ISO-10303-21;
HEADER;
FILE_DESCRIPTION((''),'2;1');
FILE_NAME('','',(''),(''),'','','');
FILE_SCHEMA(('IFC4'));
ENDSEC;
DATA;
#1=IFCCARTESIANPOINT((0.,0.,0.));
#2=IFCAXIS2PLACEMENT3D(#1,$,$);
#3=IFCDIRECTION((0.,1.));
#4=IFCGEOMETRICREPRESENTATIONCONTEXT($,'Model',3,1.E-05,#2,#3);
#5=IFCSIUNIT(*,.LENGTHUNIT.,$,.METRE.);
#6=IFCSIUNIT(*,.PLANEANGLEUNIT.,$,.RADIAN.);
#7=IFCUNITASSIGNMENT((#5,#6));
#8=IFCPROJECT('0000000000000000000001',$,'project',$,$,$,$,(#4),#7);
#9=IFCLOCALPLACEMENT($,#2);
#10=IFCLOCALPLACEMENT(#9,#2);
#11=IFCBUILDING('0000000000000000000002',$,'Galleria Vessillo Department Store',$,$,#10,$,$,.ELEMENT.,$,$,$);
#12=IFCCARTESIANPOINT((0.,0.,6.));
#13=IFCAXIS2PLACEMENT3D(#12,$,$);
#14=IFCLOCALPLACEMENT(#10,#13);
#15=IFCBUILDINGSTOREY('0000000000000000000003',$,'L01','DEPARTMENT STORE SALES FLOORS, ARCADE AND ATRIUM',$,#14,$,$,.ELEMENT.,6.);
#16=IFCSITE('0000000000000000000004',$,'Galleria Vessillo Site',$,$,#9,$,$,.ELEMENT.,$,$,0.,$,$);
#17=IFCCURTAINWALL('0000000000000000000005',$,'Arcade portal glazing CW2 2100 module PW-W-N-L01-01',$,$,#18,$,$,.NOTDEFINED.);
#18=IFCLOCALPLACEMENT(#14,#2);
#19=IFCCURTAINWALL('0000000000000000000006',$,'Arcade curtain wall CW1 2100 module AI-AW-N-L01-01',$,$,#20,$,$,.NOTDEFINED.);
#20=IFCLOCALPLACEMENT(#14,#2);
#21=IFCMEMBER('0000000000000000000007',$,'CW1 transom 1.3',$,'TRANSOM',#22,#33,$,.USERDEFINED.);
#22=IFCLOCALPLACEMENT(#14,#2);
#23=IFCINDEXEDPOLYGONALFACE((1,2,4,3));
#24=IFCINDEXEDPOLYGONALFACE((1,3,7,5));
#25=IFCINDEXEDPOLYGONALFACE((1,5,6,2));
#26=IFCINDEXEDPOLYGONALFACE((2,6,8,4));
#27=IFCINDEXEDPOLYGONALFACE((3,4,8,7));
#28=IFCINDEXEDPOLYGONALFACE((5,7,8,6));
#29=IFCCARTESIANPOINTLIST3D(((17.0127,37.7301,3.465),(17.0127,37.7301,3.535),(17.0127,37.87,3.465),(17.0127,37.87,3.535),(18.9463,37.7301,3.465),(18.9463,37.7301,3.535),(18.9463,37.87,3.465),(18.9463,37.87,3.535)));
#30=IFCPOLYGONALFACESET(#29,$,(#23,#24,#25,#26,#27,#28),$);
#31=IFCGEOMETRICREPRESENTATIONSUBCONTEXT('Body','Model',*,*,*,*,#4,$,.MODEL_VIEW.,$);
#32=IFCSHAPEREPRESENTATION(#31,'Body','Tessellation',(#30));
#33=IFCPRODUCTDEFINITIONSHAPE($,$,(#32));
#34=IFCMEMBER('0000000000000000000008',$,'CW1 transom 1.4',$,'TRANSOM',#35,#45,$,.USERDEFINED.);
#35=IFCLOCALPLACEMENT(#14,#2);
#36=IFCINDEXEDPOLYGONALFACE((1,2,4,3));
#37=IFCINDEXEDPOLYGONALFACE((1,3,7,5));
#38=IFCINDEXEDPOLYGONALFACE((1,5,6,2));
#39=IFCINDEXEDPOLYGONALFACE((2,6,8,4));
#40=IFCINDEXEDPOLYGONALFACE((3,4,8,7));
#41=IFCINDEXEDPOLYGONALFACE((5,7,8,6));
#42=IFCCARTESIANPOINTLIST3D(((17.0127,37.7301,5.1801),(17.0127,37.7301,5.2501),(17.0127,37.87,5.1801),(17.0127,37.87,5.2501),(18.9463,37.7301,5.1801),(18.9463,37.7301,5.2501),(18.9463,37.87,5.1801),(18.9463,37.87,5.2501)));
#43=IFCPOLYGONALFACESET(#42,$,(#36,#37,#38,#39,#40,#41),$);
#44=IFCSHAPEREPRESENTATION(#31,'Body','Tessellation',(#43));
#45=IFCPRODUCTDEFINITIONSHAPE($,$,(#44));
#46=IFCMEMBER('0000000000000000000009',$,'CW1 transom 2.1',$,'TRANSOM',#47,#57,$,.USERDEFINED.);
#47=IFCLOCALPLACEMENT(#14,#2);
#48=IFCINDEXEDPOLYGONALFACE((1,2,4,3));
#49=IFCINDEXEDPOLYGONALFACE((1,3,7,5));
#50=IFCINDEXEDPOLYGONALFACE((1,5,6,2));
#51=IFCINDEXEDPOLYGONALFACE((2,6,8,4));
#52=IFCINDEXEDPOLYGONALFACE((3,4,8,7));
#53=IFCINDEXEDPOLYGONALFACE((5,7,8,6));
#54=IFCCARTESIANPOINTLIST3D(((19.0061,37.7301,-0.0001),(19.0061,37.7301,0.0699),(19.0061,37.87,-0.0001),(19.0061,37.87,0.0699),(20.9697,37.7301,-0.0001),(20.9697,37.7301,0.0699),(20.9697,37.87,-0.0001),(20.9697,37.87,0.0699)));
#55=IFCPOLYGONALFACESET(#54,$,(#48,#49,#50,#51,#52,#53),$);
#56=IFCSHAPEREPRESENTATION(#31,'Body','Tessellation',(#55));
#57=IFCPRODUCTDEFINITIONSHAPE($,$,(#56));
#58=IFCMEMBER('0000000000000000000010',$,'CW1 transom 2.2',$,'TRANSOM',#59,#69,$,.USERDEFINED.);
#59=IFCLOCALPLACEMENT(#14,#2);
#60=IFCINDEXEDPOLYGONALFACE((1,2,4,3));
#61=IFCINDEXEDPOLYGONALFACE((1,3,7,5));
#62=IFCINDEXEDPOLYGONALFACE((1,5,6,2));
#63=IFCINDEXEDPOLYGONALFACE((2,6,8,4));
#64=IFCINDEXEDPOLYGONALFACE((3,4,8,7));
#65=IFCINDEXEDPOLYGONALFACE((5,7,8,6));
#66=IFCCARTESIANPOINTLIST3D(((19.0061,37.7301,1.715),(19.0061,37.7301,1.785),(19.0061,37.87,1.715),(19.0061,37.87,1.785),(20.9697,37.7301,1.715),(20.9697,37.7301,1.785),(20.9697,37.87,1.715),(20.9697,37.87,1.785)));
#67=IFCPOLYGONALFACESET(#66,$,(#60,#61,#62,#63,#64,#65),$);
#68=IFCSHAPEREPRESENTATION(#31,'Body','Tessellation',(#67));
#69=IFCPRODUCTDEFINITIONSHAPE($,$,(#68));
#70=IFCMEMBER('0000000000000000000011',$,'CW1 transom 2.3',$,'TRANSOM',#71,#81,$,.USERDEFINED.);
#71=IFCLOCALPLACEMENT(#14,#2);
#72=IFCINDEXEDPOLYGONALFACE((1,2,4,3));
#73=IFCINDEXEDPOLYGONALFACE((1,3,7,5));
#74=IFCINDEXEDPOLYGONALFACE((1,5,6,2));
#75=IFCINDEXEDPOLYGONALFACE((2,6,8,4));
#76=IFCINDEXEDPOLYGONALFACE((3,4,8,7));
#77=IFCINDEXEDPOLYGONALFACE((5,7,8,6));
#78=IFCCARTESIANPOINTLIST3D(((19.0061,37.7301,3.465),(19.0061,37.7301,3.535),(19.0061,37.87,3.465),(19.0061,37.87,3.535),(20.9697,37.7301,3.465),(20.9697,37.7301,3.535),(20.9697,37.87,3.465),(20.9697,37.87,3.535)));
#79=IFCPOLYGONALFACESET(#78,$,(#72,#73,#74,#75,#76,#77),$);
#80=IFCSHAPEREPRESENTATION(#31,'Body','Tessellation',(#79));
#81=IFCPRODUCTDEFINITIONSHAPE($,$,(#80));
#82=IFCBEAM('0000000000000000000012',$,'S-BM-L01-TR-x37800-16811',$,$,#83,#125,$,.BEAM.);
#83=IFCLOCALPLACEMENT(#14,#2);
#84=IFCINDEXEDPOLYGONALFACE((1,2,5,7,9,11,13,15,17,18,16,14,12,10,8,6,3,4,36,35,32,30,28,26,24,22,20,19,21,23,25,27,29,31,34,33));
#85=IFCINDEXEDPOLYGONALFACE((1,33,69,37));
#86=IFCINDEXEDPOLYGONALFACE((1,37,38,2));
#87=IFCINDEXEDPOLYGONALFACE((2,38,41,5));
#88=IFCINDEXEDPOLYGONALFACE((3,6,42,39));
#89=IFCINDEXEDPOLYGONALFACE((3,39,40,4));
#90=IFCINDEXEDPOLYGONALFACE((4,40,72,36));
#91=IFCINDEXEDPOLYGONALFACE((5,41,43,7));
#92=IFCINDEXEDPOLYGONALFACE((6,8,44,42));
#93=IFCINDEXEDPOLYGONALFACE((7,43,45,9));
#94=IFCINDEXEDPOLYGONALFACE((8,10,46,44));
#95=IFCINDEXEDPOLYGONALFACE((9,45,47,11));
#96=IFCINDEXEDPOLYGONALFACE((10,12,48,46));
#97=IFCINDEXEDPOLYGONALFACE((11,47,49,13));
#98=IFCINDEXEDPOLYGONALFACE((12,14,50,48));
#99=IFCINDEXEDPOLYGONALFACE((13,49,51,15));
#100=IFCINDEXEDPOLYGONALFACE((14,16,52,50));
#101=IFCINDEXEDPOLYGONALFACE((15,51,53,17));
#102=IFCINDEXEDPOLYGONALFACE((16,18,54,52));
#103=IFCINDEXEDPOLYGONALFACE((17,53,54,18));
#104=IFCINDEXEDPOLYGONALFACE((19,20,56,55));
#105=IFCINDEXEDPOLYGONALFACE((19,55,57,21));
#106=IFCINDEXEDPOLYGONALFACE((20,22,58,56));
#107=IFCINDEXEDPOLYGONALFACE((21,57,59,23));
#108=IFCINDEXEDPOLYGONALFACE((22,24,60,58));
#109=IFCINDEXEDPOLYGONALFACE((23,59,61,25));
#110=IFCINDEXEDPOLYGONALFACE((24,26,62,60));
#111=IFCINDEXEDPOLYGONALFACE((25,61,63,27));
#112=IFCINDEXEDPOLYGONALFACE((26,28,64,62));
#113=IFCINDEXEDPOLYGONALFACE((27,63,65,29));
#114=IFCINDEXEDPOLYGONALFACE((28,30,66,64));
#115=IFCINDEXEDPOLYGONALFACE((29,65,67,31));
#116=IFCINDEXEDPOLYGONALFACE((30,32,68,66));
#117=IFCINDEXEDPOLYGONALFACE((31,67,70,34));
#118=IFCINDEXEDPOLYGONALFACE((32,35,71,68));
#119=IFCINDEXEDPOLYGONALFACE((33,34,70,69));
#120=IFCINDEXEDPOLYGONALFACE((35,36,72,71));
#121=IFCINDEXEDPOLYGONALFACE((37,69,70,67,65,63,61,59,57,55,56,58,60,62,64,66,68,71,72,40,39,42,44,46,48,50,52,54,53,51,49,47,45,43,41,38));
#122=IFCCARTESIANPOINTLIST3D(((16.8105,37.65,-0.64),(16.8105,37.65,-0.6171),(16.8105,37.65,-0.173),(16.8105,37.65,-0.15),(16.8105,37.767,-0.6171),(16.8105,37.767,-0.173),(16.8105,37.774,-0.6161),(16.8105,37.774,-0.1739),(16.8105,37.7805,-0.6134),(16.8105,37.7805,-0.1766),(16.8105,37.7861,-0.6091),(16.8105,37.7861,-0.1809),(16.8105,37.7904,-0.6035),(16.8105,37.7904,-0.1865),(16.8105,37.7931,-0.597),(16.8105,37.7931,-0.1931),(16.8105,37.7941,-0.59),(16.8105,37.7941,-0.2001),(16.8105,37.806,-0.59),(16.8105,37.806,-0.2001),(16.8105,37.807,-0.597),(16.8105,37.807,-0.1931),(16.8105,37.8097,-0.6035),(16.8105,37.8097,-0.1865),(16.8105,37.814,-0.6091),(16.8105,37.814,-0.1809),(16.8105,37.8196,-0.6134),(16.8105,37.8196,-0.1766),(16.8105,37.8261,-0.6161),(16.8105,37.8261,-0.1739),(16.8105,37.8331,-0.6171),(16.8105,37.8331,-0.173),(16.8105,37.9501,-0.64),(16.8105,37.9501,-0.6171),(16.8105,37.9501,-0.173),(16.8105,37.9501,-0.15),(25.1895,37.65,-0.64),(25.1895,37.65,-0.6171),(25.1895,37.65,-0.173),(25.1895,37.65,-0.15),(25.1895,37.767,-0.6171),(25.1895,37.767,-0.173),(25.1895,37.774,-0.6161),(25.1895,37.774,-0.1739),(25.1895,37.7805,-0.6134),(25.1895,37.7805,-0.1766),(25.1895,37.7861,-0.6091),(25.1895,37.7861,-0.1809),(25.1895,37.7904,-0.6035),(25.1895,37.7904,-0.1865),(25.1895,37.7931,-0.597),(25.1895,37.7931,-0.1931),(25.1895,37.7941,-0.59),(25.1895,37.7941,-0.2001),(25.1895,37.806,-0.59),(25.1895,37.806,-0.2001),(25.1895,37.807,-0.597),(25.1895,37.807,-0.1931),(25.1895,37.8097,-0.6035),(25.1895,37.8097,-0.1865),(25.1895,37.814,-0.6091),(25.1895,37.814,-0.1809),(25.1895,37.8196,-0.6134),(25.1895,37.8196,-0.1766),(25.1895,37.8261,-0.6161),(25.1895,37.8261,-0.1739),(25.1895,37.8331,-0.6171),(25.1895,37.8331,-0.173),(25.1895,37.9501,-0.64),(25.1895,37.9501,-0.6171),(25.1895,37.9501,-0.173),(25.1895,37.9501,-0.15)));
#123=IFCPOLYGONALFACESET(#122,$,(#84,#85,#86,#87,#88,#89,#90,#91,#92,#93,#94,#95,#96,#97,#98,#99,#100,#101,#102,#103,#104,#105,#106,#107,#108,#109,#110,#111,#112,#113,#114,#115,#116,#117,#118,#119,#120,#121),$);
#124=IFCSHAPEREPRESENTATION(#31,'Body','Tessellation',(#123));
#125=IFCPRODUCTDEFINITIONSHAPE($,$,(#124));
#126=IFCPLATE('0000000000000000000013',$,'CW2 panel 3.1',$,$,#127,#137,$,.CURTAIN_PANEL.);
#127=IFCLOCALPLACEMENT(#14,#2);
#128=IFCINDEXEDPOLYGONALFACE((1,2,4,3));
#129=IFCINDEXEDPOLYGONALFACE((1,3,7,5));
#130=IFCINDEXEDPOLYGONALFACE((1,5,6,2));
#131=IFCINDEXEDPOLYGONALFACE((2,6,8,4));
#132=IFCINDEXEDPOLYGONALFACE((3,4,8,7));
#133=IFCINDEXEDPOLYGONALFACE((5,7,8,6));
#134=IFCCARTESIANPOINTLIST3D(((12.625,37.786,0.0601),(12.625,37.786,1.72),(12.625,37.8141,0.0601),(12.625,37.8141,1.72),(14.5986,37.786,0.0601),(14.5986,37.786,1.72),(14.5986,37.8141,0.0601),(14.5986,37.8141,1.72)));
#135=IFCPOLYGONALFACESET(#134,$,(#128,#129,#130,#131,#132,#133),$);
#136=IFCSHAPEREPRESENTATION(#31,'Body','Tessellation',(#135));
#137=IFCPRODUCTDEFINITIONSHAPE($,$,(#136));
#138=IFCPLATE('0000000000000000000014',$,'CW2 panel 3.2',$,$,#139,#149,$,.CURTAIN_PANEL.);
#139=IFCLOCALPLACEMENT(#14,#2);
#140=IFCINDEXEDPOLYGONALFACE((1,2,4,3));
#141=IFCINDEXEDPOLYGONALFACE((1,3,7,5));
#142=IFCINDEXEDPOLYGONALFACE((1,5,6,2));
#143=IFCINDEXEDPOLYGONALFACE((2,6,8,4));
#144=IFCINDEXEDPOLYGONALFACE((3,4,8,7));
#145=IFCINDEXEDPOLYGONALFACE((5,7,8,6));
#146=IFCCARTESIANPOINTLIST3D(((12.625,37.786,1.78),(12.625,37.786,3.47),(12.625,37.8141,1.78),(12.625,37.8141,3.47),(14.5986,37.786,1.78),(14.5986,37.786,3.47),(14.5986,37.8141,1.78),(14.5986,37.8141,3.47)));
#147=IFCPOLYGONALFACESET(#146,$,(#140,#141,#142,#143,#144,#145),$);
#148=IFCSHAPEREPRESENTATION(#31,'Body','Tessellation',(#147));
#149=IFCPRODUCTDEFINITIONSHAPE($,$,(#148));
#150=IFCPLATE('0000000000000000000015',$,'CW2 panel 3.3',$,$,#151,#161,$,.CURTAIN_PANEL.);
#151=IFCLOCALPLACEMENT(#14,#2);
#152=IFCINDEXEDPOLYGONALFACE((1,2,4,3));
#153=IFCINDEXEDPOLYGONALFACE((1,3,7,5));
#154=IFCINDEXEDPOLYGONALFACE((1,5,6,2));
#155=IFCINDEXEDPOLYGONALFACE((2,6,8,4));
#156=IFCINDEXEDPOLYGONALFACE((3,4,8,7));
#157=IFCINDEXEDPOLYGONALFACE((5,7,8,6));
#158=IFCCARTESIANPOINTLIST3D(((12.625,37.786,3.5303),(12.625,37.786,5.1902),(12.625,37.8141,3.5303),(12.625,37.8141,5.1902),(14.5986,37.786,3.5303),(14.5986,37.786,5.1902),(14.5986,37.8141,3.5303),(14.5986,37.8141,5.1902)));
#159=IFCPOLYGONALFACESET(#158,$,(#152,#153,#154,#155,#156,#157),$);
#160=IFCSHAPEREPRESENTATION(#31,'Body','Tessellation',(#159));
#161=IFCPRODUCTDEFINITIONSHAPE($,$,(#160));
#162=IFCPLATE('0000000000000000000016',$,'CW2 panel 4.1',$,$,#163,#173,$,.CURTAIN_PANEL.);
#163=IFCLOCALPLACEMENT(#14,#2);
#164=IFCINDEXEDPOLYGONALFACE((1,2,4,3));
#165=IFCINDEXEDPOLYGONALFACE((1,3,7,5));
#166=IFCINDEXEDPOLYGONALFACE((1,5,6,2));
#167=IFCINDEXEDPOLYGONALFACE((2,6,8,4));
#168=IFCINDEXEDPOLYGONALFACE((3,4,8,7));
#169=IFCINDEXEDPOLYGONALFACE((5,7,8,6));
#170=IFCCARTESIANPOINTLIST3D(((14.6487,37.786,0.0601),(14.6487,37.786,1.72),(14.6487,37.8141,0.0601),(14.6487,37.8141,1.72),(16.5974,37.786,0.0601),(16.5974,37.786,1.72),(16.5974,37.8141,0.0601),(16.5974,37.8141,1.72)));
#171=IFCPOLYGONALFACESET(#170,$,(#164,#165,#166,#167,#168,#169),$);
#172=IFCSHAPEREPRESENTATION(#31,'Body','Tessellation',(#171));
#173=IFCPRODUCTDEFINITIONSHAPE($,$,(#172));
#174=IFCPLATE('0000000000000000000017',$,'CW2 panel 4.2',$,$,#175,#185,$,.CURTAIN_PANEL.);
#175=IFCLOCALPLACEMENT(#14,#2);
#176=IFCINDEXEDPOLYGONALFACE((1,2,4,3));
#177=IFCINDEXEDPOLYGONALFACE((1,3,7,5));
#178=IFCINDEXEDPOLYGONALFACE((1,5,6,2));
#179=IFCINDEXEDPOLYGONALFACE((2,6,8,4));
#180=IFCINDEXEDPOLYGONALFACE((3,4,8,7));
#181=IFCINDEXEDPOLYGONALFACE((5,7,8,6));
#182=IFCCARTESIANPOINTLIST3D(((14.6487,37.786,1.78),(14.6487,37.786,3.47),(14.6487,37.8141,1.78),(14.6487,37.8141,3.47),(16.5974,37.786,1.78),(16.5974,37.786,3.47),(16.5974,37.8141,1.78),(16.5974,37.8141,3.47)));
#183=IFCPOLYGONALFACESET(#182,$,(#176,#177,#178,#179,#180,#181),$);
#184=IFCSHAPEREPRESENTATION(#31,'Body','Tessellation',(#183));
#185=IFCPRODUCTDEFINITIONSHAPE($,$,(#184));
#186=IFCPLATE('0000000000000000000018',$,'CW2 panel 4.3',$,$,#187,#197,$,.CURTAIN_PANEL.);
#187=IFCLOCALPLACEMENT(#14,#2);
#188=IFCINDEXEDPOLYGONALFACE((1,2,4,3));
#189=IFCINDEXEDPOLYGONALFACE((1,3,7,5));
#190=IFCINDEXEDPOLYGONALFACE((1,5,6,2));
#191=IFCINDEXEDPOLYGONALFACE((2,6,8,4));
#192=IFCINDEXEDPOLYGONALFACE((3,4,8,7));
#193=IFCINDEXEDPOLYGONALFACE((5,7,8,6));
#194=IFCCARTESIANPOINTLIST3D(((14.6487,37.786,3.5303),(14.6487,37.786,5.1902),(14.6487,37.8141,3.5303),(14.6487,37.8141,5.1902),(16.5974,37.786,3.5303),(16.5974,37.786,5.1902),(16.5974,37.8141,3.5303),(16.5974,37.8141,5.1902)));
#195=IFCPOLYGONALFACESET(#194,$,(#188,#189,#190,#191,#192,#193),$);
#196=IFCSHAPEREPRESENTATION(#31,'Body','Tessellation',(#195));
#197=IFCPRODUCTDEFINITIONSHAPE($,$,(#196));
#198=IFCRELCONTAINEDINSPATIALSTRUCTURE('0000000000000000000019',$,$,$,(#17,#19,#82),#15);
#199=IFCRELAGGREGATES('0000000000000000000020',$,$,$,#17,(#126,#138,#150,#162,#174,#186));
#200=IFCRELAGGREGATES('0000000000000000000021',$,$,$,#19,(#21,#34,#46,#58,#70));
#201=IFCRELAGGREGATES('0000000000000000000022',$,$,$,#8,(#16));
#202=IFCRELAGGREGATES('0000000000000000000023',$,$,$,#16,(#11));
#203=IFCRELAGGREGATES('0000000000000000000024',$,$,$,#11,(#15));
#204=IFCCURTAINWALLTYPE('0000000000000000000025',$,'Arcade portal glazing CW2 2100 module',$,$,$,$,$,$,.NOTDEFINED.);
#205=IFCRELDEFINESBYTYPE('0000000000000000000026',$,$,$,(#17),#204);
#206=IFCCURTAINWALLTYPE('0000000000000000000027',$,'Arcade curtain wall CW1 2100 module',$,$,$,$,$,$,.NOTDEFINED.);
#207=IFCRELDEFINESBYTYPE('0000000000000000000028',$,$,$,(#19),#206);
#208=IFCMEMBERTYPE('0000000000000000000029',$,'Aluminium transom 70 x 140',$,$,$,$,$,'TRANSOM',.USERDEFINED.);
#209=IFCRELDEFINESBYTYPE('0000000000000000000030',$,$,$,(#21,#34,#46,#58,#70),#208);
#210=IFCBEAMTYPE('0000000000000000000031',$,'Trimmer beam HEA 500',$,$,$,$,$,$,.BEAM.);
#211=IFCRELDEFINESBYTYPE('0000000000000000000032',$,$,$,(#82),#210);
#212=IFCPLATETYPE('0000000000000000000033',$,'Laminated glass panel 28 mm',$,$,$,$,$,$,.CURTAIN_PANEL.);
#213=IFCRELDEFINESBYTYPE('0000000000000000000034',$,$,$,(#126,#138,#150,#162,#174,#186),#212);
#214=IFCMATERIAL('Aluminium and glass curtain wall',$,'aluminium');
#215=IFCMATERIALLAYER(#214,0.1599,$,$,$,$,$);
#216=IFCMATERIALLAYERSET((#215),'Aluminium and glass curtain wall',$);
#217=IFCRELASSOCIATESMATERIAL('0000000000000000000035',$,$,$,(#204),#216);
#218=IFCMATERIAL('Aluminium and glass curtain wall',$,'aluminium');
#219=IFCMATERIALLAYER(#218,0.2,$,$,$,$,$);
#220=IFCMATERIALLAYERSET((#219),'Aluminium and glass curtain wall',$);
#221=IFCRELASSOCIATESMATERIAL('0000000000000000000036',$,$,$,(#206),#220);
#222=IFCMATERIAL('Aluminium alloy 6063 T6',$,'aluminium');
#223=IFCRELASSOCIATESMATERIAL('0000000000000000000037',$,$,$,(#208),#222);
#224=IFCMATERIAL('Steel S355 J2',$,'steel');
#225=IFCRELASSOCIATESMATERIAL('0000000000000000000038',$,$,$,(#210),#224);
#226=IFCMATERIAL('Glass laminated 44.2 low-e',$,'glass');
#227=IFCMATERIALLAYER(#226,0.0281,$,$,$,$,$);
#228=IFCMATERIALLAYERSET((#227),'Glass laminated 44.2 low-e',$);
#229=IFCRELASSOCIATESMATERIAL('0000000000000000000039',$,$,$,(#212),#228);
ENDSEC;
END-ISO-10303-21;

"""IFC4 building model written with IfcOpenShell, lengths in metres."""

from ifc_helpers import new_model, si_unit, direction, frame, origin, origin_2d, place, context, subcontext, project, spatial, rectangle, i_section, extrude, material, layer, layer_set, material_profile, profile_set, type_object, element, aggregate, save


model = new_model("IFC4")

# Units and contexts
model_context = context("Model", 3, precision=1e-05, world=origin(), true_north=direction((0.0, 1.0)))
body_context = subcontext(model_context, "Body", "Model", "MODEL_VIEW")
ifc_project = project(units=[si_unit("LENGTHUNIT", "METRE"), si_unit("PLANEANGLEUNIT", "RADIAN")], contexts=[model_context])

# Site, building, storey
site_placement = place(None, origin())
site = spatial("IfcSite", under=ifc_project, at=site_placement, Name="Galleria Vessillo Site", CompositionType="ELEMENT", RefElevation=0.0)
building_placement = place(site_placement, origin())
building = spatial("IfcBuilding", under=site, at=building_placement, Name="Galleria Vessillo Department Store", CompositionType="ELEMENT")
storey_placement = place(building_placement, frame((0.0, 0.0, 6.0)))
storey = spatial("IfcBuildingStorey", under=building, at=storey_placement, Name="L01", Description="DEPARTMENT STORE SALES FLOORS, ARCADE AND ATRIUM", CompositionType="ELEMENT", Elevation=6.0)

# Curtain walls
ifc_material_1 = material(Name="Aluminium and glass curtain wall", Category="aluminium")
ifc_layer_1 = layer(ifc_material_1, 0.1599)
ifc_layer_set_1 = layer_set([ifc_layer_1], Name="Aluminium and glass curtain wall")
curtain_wall_type_1 = type_object("IfcCurtainWallType", Name="Arcade portal glazing CW2 2100 module", PredefinedType="NOTDEFINED", material=ifc_layer_set_1)
curtain_wall_1_placement = place(storey_placement, origin())
curtain_wall_1 = element("IfcCurtainWall", 1, at=curtain_wall_1_placement, inside=storey, type_object=curtain_wall_type_1, Name="Arcade portal glazing CW2 2100 module PW-W-N-L01-01", PredefinedType="NOTDEFINED")
ifc_material_2 = material(Name="Aluminium and glass curtain wall", Category="aluminium")
ifc_layer_2 = layer(ifc_material_2, 0.2)
ifc_layer_set_2 = layer_set([ifc_layer_2], Name="Aluminium and glass curtain wall")
curtain_wall_type_2 = type_object("IfcCurtainWallType", Name="Arcade curtain wall CW1 2100 module", PredefinedType="NOTDEFINED", material=ifc_layer_set_2)
curtain_wall_2_placement = place(storey_placement, origin())
curtain_wall_2 = element("IfcCurtainWall", 2, at=curtain_wall_2_placement, inside=storey, type_object=curtain_wall_type_2, Name="Arcade curtain wall CW1 2100 module AI-AW-N-L01-01", PredefinedType="NOTDEFINED")

# Members
ifc_material_3 = material(Name="Aluminium alloy 6063 T6", Category="aluminium")
ifc_material_profile_1 = material_profile(ifc_material_3, rectangle(XDim=0.1399, YDim=0.0701, at=origin_2d()), Name="AL 70x140")
ifc_profile_set_1 = profile_set([ifc_material_profile_1], Name="Aluminium alloy 6063 T6")
member_type_1 = type_object("IfcMemberType", Name="Aluminium transom 70 x 140", ElementType="TRANSOM", PredefinedType="USERDEFINED", material=ifc_profile_set_1)
member_1_placement = place(storey_placement, frame((17.0127, 37.8, 3.5), z_axis=(1.0, 0.0, 0.0), x_axis=(0.0, 1.0, 0.0)))
member_1 = element("IfcMember", 3, at=member_1_placement, type_object=member_type_1, Name="CW1 transom 1.3", ObjectType="TRANSOM", PredefinedType="USERDEFINED", context=body_context, shape_type="SweptSolid", body=[
    extrude(rectangle(XDim=0.1399, YDim=0.0701, at=origin_2d()), origin(), (0.0, 0.0, 1.0), 1.9336),
])
member_2_placement = place(storey_placement, frame((17.0127, 37.8, 5.2151), z_axis=(1.0, 0.0, 0.0), x_axis=(0.0, 1.0, 0.0)))
member_2 = element("IfcMember", 4, at=member_2_placement, type_object=member_type_1, Name="CW1 transom 1.4", ObjectType="TRANSOM", PredefinedType="USERDEFINED", context=body_context, shape_type="SweptSolid", body=[
    extrude(rectangle(XDim=0.1399, YDim=0.0701, at=origin_2d()), origin(), (0.0, 0.0, 1.0), 1.9336),
])
member_3_placement = place(storey_placement, frame((19.0061, 37.8, 0.0349), z_axis=(1.0, 0.0, 0.0), x_axis=(0.0, 1.0, 0.0)))
member_3 = element("IfcMember", 5, at=member_3_placement, type_object=member_type_1, Name="CW1 transom 2.1", ObjectType="TRANSOM", PredefinedType="USERDEFINED", context=body_context, shape_type="SweptSolid", body=[
    extrude(rectangle(XDim=0.1399, YDim=0.0701, at=origin_2d()), origin(), (0.0, 0.0, 1.0), 1.9636),
])
member_4_placement = place(storey_placement, frame((19.0061, 37.8, 1.75), z_axis=(1.0, 0.0, 0.0), x_axis=(0.0, 1.0, 0.0)))
member_4 = element("IfcMember", 6, at=member_4_placement, type_object=member_type_1, Name="CW1 transom 2.2", ObjectType="TRANSOM", PredefinedType="USERDEFINED", context=body_context, shape_type="SweptSolid", body=[
    extrude(rectangle(XDim=0.1399, YDim=0.0701, at=origin_2d()), origin(), (0.0, 0.0, 1.0), 1.9636),
])
member_5_placement = place(storey_placement, frame((19.0061, 37.8, 3.5), z_axis=(1.0, 0.0, 0.0), x_axis=(0.0, 1.0, 0.0)))
member_5 = element("IfcMember", 7, at=member_5_placement, type_object=member_type_1, Name="CW1 transom 2.3", ObjectType="TRANSOM", PredefinedType="USERDEFINED", context=body_context, shape_type="SweptSolid", body=[
    extrude(rectangle(XDim=0.1399, YDim=0.0701, at=origin_2d()), origin(), (0.0, 0.0, 1.0), 1.9636),
])

# Beam
ifc_material_4 = material(Name="Steel S355 J2", Category="steel")
ifc_material_profile_2 = material_profile(ifc_material_4, i_section(OverallWidth=0.3, OverallDepth=0.49, WebThickness=0.012, FlangeThickness=0.0229, FilletRadius=0.0271, at=origin_2d()), Name="HEA 500")
ifc_profile_set_2 = profile_set([ifc_material_profile_2], Name="Steel S355 J2")
beam_type = type_object("IfcBeamType", Name="Trimmer beam HEA 500", PredefinedType="BEAM", material=ifc_profile_set_2)
beam_placement = place(storey_placement, frame((16.8105, 37.8, -0.395), z_axis=(1.0, 0.0, 0.0), x_axis=(0.0, 1.0, 0.0)))
element("IfcBeam", 8, at=beam_placement, inside=storey, type_object=beam_type, Name="S-BM-L01-TR-x37800-16811", PredefinedType="BEAM", context=body_context, shape_type="SweptSolid", body=[
    extrude(i_section(OverallWidth=0.3, OverallDepth=0.49, WebThickness=0.012, FlangeThickness=0.0229, FilletRadius=0.0271, at=origin_2d()), origin(), (0.0, 0.0, 1.0), 8.3789),
])

# Plates
ifc_material_5 = material(Name="Glass laminated 44.2 low-e", Category="glass")
ifc_layer_3 = layer(ifc_material_5, 0.0281)
ifc_layer_set_3 = layer_set([ifc_layer_3], Name="Glass laminated 44.2 low-e")
plate_type_1 = type_object("IfcPlateType", Name="Laminated glass panel 28 mm", PredefinedType="CURTAIN_PANEL", material=ifc_layer_set_3)
plate_1_placement = place(storey_placement, frame((13.6118, 37.8, 0.0601), z_axis=(0.0, 0.0, 1.0), x_axis=(1.0, 0.0, 0.0)))
plate_1 = element("IfcPlate", 9, at=plate_1_placement, type_object=plate_type_1, Name="CW2 panel 3.1", PredefinedType="CURTAIN_PANEL", context=body_context, shape_type="SweptSolid", body=[
    extrude(rectangle(XDim=1.9736, YDim=0.0281, at=origin_2d()), origin(), (0.0, 0.0, 1.0), 1.6599),
])
plate_2_placement = place(storey_placement, frame((13.6118, 37.8, 1.78), z_axis=(0.0, 0.0, 1.0), x_axis=(1.0, 0.0, 0.0)))
plate_2 = element("IfcPlate", 10, at=plate_2_placement, type_object=plate_type_1, Name="CW2 panel 3.2", PredefinedType="CURTAIN_PANEL", context=body_context, shape_type="SweptSolid", body=[
    extrude(rectangle(XDim=1.9736, YDim=0.0281, at=origin_2d()), origin(), (0.0, 0.0, 1.0), 1.6899),
])
plate_3_placement = place(storey_placement, frame((13.6118, 37.8, 3.5303), z_axis=(0.0, 0.0, 1.0), x_axis=(1.0, 0.0, 0.0)))
plate_3 = element("IfcPlate", 11, at=plate_3_placement, type_object=plate_type_1, Name="CW2 panel 3.3", PredefinedType="CURTAIN_PANEL", context=body_context, shape_type="SweptSolid", body=[
    extrude(rectangle(XDim=1.9736, YDim=0.0281, at=origin_2d()), origin(), (0.0, 0.0, 1.0), 1.6599),
])
plate_4_placement = place(storey_placement, frame((15.623, 37.8, 0.0601), z_axis=(0.0, 0.0, 1.0), x_axis=(1.0, 0.0, 0.0)))
plate_4 = element("IfcPlate", 12, at=plate_4_placement, type_object=plate_type_1, Name="CW2 panel 4.1", PredefinedType="CURTAIN_PANEL", context=body_context, shape_type="SweptSolid", body=[
    extrude(rectangle(XDim=1.9487, YDim=0.0281, at=origin_2d()), origin(), (0.0, 0.0, 1.0), 1.6599),
])
plate_5_placement = place(storey_placement, frame((15.623, 37.8, 1.78), z_axis=(0.0, 0.0, 1.0), x_axis=(1.0, 0.0, 0.0)))
plate_5 = element("IfcPlate", 13, at=plate_5_placement, type_object=plate_type_1, Name="CW2 panel 4.2", PredefinedType="CURTAIN_PANEL", context=body_context, shape_type="SweptSolid", body=[
    extrude(rectangle(XDim=1.9487, YDim=0.0281, at=origin_2d()), origin(), (0.0, 0.0, 1.0), 1.6899),
])
plate_6_placement = place(storey_placement, frame((15.623, 37.8, 3.5303), z_axis=(0.0, 0.0, 1.0), x_axis=(1.0, 0.0, 0.0)))
plate_6 = element("IfcPlate", 14, at=plate_6_placement, type_object=plate_type_1, Name="CW2 panel 4.3", PredefinedType="CURTAIN_PANEL", context=body_context, shape_type="SweptSolid", body=[
    extrude(rectangle(XDim=1.9487, YDim=0.0281, at=origin_2d()), origin(), (0.0, 0.0, 1.0), 1.6599),
])
aggregate(curtain_wall_1, [plate_1, plate_2, plate_3, plate_4, plate_5, plate_6])
aggregate(curtain_wall_2, [member_1, member_2, member_3, member_4, member_5])

save(model, "model.ifc")
